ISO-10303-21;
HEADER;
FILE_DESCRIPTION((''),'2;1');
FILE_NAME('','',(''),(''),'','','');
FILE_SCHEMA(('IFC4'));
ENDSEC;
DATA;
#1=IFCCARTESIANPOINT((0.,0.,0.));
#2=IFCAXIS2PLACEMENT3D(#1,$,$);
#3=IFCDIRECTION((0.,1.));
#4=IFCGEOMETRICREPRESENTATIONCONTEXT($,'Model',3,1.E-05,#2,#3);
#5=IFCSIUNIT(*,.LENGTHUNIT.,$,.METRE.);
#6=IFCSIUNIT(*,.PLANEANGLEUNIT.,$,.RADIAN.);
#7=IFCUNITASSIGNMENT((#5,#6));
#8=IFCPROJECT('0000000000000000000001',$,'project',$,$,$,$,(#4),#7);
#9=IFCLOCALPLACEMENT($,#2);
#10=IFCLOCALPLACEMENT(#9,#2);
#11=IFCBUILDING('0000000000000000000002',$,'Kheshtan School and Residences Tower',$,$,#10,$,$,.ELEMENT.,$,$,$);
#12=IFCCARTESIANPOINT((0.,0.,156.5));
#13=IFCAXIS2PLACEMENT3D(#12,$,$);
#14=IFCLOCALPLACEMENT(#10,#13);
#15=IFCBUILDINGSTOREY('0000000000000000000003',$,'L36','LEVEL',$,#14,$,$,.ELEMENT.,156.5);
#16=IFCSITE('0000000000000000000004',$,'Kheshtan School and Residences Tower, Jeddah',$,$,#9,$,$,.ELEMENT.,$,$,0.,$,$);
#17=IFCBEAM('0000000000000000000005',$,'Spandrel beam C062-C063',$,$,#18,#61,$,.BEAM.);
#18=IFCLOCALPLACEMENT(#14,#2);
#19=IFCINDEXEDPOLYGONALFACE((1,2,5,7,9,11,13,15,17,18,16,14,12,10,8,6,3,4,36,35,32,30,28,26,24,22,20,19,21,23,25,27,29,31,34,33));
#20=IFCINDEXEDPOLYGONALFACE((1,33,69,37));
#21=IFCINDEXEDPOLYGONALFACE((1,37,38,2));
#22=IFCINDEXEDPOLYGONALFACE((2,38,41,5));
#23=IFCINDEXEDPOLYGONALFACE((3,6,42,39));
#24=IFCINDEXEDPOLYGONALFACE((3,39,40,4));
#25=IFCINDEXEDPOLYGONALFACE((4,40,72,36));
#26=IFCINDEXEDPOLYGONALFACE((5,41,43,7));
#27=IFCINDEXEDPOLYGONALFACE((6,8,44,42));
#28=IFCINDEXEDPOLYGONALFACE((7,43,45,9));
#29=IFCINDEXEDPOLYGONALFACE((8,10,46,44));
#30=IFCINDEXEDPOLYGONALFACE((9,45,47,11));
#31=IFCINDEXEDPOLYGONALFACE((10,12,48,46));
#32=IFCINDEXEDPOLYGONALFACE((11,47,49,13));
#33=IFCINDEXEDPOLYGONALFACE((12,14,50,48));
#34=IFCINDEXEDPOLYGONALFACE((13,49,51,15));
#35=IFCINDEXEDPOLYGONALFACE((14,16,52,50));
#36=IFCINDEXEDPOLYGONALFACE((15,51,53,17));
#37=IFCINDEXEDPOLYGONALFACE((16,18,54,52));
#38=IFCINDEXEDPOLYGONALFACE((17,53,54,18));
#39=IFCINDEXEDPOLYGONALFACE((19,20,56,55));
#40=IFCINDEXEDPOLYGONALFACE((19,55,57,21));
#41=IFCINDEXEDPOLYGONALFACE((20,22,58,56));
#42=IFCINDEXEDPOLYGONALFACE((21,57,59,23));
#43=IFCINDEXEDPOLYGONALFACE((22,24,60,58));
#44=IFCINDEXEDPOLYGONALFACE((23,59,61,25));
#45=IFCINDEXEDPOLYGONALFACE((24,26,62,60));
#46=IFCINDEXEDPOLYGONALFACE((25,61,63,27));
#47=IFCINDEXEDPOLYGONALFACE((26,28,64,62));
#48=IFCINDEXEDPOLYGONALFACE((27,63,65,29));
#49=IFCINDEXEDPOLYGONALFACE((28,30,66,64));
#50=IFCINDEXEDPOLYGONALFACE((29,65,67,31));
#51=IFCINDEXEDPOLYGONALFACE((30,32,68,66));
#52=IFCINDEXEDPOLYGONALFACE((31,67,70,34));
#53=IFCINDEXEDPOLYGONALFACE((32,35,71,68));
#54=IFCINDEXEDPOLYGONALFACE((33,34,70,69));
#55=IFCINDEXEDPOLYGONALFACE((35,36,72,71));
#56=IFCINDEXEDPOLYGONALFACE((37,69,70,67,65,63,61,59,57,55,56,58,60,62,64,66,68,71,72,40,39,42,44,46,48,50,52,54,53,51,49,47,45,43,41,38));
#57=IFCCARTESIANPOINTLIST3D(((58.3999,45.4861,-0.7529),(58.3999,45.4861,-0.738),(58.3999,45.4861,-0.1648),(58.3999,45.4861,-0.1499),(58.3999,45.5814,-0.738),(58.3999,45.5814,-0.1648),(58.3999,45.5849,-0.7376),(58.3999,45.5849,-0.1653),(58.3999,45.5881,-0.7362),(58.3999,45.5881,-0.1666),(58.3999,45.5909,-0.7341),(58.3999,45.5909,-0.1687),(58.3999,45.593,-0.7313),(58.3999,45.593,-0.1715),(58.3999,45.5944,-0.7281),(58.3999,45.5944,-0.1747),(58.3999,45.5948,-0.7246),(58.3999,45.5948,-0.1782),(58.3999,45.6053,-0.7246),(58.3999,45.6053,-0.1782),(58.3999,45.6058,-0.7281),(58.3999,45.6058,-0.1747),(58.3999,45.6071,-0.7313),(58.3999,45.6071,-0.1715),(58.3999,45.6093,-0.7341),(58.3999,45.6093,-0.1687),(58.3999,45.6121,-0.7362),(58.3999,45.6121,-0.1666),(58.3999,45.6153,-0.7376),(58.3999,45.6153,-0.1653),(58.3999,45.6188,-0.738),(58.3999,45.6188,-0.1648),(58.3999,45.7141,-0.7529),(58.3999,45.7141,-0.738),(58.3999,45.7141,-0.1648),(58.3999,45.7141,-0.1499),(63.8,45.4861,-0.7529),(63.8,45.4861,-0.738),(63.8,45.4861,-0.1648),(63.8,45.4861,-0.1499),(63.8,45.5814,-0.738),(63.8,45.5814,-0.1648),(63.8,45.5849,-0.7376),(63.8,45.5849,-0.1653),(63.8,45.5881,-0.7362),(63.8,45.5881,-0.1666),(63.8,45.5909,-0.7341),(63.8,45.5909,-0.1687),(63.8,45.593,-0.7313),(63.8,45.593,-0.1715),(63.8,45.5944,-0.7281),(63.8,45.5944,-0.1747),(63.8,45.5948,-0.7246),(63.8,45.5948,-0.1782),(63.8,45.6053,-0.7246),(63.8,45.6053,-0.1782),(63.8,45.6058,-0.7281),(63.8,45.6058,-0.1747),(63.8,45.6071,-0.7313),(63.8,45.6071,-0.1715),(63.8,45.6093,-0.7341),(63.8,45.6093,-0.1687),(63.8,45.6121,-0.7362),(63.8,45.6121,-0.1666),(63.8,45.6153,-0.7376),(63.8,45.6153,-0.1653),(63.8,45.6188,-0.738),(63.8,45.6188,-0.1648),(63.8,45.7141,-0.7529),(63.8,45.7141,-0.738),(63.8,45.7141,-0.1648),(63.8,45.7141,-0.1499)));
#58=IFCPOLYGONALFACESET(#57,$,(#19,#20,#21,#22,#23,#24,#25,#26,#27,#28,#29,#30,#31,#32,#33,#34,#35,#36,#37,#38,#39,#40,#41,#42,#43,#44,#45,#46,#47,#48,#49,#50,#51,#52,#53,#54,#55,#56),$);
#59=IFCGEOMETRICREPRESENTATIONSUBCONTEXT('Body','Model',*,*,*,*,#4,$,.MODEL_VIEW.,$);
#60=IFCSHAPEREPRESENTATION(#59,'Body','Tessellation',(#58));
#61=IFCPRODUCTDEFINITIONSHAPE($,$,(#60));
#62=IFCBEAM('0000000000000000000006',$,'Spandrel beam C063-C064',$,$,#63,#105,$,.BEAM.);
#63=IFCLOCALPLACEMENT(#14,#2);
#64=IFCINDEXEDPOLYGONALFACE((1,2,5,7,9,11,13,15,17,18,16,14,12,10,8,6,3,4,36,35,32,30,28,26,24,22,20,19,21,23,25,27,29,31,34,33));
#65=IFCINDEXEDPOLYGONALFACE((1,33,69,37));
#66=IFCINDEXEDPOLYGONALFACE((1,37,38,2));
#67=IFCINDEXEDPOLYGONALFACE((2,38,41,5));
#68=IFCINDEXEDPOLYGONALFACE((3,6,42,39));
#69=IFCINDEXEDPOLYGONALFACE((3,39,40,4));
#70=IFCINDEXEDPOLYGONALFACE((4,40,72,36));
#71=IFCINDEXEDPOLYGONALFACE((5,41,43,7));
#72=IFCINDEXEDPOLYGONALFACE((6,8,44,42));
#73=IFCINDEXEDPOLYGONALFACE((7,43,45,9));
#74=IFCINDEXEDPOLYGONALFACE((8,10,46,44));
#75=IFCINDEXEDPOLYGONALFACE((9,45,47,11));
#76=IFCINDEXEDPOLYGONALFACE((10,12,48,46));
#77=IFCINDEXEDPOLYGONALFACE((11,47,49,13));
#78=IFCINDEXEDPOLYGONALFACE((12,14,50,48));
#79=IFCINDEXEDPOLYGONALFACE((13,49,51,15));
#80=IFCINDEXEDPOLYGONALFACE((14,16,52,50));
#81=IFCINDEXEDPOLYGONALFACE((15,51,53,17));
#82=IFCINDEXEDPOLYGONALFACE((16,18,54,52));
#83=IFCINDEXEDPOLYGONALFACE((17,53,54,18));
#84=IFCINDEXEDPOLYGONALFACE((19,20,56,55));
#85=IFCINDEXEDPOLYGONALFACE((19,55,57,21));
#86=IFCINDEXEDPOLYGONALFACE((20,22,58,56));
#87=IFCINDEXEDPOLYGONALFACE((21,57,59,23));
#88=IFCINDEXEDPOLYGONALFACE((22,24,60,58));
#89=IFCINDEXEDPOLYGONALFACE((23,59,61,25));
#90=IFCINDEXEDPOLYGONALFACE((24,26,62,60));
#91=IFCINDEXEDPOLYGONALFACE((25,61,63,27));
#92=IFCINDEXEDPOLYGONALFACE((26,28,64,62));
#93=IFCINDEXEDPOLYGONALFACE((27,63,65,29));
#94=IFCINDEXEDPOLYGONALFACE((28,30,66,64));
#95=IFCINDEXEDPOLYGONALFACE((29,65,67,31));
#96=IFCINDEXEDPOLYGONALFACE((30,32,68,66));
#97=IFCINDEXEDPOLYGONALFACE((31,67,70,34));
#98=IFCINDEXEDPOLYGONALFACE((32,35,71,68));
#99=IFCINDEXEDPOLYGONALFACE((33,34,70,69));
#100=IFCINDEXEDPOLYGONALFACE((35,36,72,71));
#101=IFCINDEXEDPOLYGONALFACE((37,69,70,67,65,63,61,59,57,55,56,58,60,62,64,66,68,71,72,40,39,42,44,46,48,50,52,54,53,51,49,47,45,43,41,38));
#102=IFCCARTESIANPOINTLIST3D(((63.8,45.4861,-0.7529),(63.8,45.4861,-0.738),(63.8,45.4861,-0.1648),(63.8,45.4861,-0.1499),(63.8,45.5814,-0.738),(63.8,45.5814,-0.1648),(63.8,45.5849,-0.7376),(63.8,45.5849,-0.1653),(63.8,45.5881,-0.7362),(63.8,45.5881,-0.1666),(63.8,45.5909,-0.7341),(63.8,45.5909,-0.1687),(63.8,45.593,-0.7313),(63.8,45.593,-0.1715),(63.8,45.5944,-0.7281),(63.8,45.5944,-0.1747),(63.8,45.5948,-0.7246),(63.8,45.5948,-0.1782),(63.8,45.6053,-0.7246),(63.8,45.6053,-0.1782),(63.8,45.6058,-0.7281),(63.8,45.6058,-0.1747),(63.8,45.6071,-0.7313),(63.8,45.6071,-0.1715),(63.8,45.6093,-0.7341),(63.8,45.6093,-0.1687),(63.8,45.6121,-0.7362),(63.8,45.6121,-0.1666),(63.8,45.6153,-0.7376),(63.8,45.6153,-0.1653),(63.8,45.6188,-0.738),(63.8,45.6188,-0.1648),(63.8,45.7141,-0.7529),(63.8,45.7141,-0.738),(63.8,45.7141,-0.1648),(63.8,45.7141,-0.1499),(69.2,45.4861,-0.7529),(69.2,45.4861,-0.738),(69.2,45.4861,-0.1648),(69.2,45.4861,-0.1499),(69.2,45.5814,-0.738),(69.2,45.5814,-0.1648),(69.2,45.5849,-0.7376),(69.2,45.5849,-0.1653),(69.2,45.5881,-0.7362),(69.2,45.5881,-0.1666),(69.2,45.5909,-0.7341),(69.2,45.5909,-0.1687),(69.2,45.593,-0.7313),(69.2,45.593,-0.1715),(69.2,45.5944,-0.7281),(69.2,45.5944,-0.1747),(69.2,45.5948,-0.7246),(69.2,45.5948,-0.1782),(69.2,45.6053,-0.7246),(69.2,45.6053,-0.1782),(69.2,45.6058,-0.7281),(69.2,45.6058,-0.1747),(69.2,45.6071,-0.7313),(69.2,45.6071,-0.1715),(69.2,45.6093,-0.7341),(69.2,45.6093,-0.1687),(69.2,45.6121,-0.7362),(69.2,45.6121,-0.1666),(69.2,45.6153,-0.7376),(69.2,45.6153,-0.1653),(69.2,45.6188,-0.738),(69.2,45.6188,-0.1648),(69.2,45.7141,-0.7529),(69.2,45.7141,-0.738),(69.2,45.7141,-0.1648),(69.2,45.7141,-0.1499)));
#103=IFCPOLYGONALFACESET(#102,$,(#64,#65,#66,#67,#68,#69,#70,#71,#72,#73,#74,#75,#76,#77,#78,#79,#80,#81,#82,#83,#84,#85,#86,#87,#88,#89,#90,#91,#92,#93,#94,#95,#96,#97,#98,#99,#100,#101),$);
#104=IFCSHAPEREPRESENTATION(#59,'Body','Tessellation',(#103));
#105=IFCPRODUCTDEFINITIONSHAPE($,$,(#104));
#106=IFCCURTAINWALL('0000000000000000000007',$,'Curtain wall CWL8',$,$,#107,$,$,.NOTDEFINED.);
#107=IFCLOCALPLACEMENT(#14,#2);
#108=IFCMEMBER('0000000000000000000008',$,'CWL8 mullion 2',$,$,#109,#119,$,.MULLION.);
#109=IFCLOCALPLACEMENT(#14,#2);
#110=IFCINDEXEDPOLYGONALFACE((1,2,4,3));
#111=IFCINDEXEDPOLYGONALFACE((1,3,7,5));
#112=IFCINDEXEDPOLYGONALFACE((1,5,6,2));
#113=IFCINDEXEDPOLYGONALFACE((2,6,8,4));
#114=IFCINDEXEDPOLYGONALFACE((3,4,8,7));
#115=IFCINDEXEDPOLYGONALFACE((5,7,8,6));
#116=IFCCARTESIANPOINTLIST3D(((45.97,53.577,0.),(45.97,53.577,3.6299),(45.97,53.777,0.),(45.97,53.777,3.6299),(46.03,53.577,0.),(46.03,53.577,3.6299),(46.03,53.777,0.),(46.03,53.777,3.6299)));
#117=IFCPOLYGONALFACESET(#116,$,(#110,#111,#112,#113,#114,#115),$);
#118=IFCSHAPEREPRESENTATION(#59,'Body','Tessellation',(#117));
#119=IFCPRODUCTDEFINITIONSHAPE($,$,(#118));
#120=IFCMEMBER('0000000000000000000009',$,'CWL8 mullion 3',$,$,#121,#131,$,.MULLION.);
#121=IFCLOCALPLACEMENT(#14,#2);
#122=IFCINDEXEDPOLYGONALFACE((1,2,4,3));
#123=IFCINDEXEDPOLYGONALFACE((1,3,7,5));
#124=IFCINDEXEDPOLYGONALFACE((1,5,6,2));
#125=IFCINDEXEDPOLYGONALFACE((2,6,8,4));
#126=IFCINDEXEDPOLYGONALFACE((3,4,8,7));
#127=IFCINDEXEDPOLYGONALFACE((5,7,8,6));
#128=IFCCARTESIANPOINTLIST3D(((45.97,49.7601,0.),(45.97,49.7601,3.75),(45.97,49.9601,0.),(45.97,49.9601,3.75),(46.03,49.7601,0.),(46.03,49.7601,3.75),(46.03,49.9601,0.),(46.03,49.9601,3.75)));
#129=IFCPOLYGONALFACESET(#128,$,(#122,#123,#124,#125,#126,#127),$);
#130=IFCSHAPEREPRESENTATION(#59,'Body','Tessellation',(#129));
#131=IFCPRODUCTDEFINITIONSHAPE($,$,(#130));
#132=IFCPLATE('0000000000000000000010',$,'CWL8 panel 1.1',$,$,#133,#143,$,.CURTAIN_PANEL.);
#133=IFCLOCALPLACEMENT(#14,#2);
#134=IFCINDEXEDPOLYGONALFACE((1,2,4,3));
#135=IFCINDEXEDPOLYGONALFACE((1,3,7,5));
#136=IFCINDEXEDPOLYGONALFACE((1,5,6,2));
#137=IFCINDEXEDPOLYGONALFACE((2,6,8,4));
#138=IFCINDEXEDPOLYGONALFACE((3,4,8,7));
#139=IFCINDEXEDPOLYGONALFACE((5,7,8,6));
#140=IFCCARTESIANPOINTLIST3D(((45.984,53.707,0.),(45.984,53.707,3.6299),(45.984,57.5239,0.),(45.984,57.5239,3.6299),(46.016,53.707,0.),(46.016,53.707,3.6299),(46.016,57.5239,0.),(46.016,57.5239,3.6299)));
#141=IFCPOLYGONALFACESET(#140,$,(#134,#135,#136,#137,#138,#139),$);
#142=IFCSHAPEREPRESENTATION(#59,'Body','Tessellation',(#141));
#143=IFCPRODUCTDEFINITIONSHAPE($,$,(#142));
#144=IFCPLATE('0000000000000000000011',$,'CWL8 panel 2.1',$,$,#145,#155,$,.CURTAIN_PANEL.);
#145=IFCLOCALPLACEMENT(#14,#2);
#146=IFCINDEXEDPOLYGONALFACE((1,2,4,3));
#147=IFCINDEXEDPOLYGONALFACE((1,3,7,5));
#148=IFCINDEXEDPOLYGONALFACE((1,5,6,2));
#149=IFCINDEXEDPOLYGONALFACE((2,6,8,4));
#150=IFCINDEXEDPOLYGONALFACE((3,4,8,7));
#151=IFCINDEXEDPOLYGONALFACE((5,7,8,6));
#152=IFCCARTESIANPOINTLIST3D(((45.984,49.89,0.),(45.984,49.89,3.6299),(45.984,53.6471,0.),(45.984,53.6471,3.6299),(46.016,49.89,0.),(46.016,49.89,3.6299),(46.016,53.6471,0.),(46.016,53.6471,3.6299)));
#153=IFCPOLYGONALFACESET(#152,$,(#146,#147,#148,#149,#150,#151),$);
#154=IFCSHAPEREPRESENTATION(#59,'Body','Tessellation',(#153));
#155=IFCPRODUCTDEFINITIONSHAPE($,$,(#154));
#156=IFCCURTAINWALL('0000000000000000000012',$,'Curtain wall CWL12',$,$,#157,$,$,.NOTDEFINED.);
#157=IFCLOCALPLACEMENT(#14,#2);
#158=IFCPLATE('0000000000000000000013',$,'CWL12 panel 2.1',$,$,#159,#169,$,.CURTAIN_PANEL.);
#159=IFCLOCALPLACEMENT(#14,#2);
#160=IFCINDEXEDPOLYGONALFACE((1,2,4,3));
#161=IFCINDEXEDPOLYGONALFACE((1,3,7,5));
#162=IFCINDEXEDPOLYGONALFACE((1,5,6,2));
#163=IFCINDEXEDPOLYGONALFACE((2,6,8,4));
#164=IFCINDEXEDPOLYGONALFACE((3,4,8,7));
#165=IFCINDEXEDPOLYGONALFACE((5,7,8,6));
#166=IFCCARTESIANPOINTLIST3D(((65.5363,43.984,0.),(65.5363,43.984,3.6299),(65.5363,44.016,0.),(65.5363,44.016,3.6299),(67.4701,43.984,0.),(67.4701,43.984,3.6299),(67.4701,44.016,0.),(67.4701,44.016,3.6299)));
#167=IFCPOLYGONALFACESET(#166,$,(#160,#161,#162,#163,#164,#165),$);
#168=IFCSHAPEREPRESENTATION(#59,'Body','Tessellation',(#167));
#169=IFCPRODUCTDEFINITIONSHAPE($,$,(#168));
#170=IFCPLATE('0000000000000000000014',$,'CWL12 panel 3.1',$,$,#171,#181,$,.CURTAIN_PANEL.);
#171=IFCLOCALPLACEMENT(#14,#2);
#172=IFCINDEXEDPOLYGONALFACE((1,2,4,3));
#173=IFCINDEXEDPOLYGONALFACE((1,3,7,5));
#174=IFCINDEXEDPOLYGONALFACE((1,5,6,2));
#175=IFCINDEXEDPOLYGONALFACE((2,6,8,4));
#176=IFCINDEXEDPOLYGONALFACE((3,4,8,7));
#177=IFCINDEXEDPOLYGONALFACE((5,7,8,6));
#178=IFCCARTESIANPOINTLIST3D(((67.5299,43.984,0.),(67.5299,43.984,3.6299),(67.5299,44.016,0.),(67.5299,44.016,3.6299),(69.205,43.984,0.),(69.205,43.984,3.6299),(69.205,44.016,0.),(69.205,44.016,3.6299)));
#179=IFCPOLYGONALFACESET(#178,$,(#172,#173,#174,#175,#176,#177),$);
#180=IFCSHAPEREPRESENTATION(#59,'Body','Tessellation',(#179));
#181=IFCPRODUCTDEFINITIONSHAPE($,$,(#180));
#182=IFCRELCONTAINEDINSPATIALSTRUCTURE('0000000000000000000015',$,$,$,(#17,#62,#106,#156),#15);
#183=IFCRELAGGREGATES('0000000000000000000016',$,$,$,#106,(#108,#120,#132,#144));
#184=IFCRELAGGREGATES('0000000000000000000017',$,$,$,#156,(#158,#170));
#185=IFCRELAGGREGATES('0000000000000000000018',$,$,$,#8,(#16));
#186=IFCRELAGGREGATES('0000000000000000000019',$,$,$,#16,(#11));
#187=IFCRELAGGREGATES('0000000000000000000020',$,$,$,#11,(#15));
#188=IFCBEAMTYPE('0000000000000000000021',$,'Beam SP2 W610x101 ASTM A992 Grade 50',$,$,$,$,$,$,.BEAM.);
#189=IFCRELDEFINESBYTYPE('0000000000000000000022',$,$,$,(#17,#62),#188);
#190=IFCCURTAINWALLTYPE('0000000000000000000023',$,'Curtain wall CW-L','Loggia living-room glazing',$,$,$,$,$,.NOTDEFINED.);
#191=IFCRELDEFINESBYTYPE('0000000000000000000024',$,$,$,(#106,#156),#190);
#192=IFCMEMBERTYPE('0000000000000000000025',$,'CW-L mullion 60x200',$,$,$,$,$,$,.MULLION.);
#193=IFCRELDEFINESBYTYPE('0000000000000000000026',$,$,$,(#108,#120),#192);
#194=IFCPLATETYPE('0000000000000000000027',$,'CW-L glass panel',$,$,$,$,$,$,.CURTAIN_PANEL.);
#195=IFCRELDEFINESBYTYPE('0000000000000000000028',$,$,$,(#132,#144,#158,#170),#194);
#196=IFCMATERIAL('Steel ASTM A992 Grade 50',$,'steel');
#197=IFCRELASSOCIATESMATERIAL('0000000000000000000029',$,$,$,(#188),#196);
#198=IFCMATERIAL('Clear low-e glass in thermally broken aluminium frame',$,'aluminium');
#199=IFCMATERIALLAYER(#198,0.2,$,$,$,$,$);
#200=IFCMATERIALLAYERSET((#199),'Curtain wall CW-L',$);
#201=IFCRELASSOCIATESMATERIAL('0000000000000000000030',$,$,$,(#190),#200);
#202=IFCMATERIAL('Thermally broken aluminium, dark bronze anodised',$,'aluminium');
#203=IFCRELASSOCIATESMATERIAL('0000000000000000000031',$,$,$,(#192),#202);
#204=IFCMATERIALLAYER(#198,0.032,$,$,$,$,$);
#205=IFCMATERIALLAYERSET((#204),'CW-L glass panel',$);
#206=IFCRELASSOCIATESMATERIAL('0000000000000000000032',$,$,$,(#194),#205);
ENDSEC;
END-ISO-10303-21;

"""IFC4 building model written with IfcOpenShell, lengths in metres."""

from ifc_helpers import new_model, si_unit, direction, frame, origin, origin_2d, place, context, subcontext, project, spatial, rectangle, i_section, extrude, material, layer, layer_set, material_profile, profile_set, type_object, element, aggregate, save


model = new_model("IFC4")

# Units and contexts
model_context = context("Model", 3, precision=1e-05, world=origin(), true_north=direction((0.0, 1.0)))
body_context = subcontext(model_context, "Body", "Model", "MODEL_VIEW")
ifc_project = project(units=[si_unit("LENGTHUNIT", "METRE"), si_unit("PLANEANGLEUNIT", "RADIAN")], contexts=[model_context])

# Site, building, storey
site_placement = place(None, origin())
site = spatial("IfcSite", under=ifc_project, at=site_placement, Name="Kheshtan School and Residences Tower, Jeddah", CompositionType="ELEMENT", RefElevation=0.0)
building_placement = place(site_placement, origin())
building = spatial("IfcBuilding", under=site, at=building_placement, Name="Kheshtan School and Residences Tower", CompositionType="ELEMENT")
storey_placement = place(building_placement, frame((0.0, 0.0, 156.5)))
storey = spatial("IfcBuildingStorey", under=building, at=storey_placement, Name="L36", Description="LEVEL", CompositionType="ELEMENT", Elevation=156.5)

# Shared definitions
ifc_material_1 = material(Name="Steel ASTM A992 Grade 50", Category="steel")

# Beams
ifc_material_profile_1 = material_profile(ifc_material_1, i_section(OverallWidth=0.228, OverallDepth=0.603, WebThickness=0.0105, FlangeThickness=0.0149, FilletRadius=0.0134, at=origin_2d()), Name="W610x101")
ifc_profile_set_1 = profile_set([ifc_material_profile_1], Name="Steel ASTM A992 Grade 50")
beam_type_1 = type_object("IfcBeamType", Name="Beam SP2 W610x101 ASTM A992 Grade 50", PredefinedType="BEAM", material=ifc_profile_set_1)
beam_1_placement = place(storey_placement, frame((58.3999, 45.6001, -0.4514), z_axis=(1.0, 0.0, 0.0), x_axis=(0.0, 1.0, 0.0)))
element("IfcBeam", 1, at=beam_1_placement, inside=storey, type_object=beam_type_1, Name="Spandrel beam C062-C063", PredefinedType="BEAM", context=body_context, shape_type="SweptSolid", body=[
    extrude(i_section(OverallWidth=0.228, OverallDepth=0.603, WebThickness=0.0105, FlangeThickness=0.0149, FilletRadius=0.0134, at=origin_2d()), origin(), (0.0, 0.0, 1.0), 5.4001),
])
beam_2_placement = place(storey_placement, frame((63.8, 45.6001, -0.4514), z_axis=(1.0, 0.0, 0.0), x_axis=(0.0, 1.0, 0.0)))
element("IfcBeam", 2, at=beam_2_placement, inside=storey, type_object=beam_type_1, Name="Spandrel beam C063-C064", PredefinedType="BEAM", context=body_context, shape_type="SweptSolid", body=[
    extrude(i_section(OverallWidth=0.228, OverallDepth=0.603, WebThickness=0.0105, FlangeThickness=0.0149, FilletRadius=0.0134, at=origin_2d()), origin(), (0.0, 0.0, 1.0), 5.3999),
])

# Curtain wall, members, plates
ifc_material_2 = material(Name="Clear low-e glass in thermally broken aluminium frame", Category="aluminium")
ifc_layer_1 = layer(ifc_material_2, 0.2)
ifc_layer_set_1 = layer_set([ifc_layer_1], Name="Curtain wall CW-L")
curtain_wall_type = type_object("IfcCurtainWallType", Name="Curtain wall CW-L", Description="Loggia living-room glazing", PredefinedType="NOTDEFINED", material=ifc_layer_set_1)
curtain_wall_1_placement = place(storey_placement, origin())
curtain_wall_1 = element("IfcCurtainWall", 3, at=curtain_wall_1_placement, inside=storey, type_object=curtain_wall_type, Name="Curtain wall CWL8", PredefinedType="NOTDEFINED")
ifc_material_3 = material(Name="Thermally broken aluminium, dark bronze anodised", Category="aluminium")
ifc_material_profile_2 = material_profile(ifc_material_3, rectangle(XDim=0.0601, YDim=0.2, at=origin_2d()), Name="CW-L mullion 60x200")
ifc_profile_set_2 = profile_set([ifc_material_profile_2], Name="Thermally broken aluminium, dark bronze anodised")
member_type = type_object("IfcMemberType", Name="CW-L mullion 60x200", PredefinedType="MULLION", material=ifc_profile_set_2)
member_1_placement = place(storey_placement, frame((46.0, 53.677, 0.0), z_axis=(0.0, 0.0, 1.0), x_axis=(1.0, 0.0, 0.0)))
member_1 = element("IfcMember", 4, at=member_1_placement, type_object=member_type, Name="CWL8 mullion 2", PredefinedType="MULLION", context=body_context, shape_type="SweptSolid", body=[
    extrude(rectangle(XDim=0.0601, YDim=0.2, at=origin_2d()), origin(), (0.0, 0.0, 1.0), 3.6299),
])
member_2_placement = place(storey_placement, frame((46.0, 49.8601, 0.0), z_axis=(0.0, 0.0, 1.0), x_axis=(1.0, 0.0, 0.0)))
member_2 = element("IfcMember", 5, at=member_2_placement, type_object=member_type, Name="CWL8 mullion 3", PredefinedType="MULLION", context=body_context, shape_type="SweptSolid", body=[
    extrude(rectangle(XDim=0.0601, YDim=0.2, at=origin_2d()), origin(), (0.0, 0.0, 1.0), 3.75),
])
ifc_layer_2 = layer(ifc_material_2, 0.032)
ifc_layer_set_2 = layer_set([ifc_layer_2], Name="CW-L glass panel")
plate_type = type_object("IfcPlateType", Name="CW-L glass panel", PredefinedType="CURTAIN_PANEL", material=ifc_layer_set_2)
plate_1_placement = place(storey_placement, frame((46.0, 55.6155, 0.0), z_axis=(0.0, 0.0, 1.0), x_axis=(0.0, -1.0, 0.0)))
plate_1 = element("IfcPlate", 6, at=plate_1_placement, type_object=plate_type, Name="CWL8 panel 1.1", PredefinedType="CURTAIN_PANEL", context=body_context, shape_type="SweptSolid", body=[
    extrude(rectangle(XDim=3.8169, YDim=0.032, at=origin_2d()), origin(), (0.0, 0.0, 1.0), 3.6299),
])
plate_2_placement = place(storey_placement, frame((46.0, 51.7686, 0.0), z_axis=(0.0, 0.0, 1.0), x_axis=(0.0, -1.0, 0.0)))
plate_2 = element("IfcPlate", 7, at=plate_2_placement, type_object=plate_type, Name="CWL8 panel 2.1", PredefinedType="CURTAIN_PANEL", context=body_context, shape_type="SweptSolid", body=[
    extrude(rectangle(XDim=3.7571, YDim=0.032, at=origin_2d()), origin(), (0.0, 0.0, 1.0), 3.6299),
])
aggregate(curtain_wall_1, [member_1, member_2, plate_1, plate_2])

# Curtain wall, plates
curtain_wall_2_placement = place(storey_placement, origin())
curtain_wall_2 = element("IfcCurtainWall", 8, at=curtain_wall_2_placement, inside=storey, type_object=curtain_wall_type, Name="Curtain wall CWL12", PredefinedType="NOTDEFINED")
plate_3_placement = place(storey_placement, frame((66.5032, 44.0, 0.0), z_axis=(0.0, 0.0, 1.0), x_axis=(1.0, 0.0, 0.0)))
plate_3 = element("IfcPlate", 9, at=plate_3_placement, type_object=plate_type, Name="CWL12 panel 2.1", PredefinedType="CURTAIN_PANEL", context=body_context, shape_type="SweptSolid", body=[
    extrude(rectangle(XDim=1.9338, YDim=0.032, at=origin_2d()), origin(), (0.0, 0.0, 1.0), 3.6299),
])
plate_4_placement = place(storey_placement, frame((68.3674, 44.0, 0.0), z_axis=(0.0, 0.0, 1.0), x_axis=(1.0, 0.0, 0.0)))
plate_4 = element("IfcPlate", 10, at=plate_4_placement, type_object=plate_type, Name="CWL12 panel 3.1", PredefinedType="CURTAIN_PANEL", context=body_context, shape_type="SweptSolid", body=[
    extrude(rectangle(XDim=1.675, YDim=0.032, at=origin_2d()), origin(), (0.0, 0.0, 1.0), 3.6299),
])
aggregate(curtain_wall_2, [plate_3, plate_4])

save(model, "model.ifc")
